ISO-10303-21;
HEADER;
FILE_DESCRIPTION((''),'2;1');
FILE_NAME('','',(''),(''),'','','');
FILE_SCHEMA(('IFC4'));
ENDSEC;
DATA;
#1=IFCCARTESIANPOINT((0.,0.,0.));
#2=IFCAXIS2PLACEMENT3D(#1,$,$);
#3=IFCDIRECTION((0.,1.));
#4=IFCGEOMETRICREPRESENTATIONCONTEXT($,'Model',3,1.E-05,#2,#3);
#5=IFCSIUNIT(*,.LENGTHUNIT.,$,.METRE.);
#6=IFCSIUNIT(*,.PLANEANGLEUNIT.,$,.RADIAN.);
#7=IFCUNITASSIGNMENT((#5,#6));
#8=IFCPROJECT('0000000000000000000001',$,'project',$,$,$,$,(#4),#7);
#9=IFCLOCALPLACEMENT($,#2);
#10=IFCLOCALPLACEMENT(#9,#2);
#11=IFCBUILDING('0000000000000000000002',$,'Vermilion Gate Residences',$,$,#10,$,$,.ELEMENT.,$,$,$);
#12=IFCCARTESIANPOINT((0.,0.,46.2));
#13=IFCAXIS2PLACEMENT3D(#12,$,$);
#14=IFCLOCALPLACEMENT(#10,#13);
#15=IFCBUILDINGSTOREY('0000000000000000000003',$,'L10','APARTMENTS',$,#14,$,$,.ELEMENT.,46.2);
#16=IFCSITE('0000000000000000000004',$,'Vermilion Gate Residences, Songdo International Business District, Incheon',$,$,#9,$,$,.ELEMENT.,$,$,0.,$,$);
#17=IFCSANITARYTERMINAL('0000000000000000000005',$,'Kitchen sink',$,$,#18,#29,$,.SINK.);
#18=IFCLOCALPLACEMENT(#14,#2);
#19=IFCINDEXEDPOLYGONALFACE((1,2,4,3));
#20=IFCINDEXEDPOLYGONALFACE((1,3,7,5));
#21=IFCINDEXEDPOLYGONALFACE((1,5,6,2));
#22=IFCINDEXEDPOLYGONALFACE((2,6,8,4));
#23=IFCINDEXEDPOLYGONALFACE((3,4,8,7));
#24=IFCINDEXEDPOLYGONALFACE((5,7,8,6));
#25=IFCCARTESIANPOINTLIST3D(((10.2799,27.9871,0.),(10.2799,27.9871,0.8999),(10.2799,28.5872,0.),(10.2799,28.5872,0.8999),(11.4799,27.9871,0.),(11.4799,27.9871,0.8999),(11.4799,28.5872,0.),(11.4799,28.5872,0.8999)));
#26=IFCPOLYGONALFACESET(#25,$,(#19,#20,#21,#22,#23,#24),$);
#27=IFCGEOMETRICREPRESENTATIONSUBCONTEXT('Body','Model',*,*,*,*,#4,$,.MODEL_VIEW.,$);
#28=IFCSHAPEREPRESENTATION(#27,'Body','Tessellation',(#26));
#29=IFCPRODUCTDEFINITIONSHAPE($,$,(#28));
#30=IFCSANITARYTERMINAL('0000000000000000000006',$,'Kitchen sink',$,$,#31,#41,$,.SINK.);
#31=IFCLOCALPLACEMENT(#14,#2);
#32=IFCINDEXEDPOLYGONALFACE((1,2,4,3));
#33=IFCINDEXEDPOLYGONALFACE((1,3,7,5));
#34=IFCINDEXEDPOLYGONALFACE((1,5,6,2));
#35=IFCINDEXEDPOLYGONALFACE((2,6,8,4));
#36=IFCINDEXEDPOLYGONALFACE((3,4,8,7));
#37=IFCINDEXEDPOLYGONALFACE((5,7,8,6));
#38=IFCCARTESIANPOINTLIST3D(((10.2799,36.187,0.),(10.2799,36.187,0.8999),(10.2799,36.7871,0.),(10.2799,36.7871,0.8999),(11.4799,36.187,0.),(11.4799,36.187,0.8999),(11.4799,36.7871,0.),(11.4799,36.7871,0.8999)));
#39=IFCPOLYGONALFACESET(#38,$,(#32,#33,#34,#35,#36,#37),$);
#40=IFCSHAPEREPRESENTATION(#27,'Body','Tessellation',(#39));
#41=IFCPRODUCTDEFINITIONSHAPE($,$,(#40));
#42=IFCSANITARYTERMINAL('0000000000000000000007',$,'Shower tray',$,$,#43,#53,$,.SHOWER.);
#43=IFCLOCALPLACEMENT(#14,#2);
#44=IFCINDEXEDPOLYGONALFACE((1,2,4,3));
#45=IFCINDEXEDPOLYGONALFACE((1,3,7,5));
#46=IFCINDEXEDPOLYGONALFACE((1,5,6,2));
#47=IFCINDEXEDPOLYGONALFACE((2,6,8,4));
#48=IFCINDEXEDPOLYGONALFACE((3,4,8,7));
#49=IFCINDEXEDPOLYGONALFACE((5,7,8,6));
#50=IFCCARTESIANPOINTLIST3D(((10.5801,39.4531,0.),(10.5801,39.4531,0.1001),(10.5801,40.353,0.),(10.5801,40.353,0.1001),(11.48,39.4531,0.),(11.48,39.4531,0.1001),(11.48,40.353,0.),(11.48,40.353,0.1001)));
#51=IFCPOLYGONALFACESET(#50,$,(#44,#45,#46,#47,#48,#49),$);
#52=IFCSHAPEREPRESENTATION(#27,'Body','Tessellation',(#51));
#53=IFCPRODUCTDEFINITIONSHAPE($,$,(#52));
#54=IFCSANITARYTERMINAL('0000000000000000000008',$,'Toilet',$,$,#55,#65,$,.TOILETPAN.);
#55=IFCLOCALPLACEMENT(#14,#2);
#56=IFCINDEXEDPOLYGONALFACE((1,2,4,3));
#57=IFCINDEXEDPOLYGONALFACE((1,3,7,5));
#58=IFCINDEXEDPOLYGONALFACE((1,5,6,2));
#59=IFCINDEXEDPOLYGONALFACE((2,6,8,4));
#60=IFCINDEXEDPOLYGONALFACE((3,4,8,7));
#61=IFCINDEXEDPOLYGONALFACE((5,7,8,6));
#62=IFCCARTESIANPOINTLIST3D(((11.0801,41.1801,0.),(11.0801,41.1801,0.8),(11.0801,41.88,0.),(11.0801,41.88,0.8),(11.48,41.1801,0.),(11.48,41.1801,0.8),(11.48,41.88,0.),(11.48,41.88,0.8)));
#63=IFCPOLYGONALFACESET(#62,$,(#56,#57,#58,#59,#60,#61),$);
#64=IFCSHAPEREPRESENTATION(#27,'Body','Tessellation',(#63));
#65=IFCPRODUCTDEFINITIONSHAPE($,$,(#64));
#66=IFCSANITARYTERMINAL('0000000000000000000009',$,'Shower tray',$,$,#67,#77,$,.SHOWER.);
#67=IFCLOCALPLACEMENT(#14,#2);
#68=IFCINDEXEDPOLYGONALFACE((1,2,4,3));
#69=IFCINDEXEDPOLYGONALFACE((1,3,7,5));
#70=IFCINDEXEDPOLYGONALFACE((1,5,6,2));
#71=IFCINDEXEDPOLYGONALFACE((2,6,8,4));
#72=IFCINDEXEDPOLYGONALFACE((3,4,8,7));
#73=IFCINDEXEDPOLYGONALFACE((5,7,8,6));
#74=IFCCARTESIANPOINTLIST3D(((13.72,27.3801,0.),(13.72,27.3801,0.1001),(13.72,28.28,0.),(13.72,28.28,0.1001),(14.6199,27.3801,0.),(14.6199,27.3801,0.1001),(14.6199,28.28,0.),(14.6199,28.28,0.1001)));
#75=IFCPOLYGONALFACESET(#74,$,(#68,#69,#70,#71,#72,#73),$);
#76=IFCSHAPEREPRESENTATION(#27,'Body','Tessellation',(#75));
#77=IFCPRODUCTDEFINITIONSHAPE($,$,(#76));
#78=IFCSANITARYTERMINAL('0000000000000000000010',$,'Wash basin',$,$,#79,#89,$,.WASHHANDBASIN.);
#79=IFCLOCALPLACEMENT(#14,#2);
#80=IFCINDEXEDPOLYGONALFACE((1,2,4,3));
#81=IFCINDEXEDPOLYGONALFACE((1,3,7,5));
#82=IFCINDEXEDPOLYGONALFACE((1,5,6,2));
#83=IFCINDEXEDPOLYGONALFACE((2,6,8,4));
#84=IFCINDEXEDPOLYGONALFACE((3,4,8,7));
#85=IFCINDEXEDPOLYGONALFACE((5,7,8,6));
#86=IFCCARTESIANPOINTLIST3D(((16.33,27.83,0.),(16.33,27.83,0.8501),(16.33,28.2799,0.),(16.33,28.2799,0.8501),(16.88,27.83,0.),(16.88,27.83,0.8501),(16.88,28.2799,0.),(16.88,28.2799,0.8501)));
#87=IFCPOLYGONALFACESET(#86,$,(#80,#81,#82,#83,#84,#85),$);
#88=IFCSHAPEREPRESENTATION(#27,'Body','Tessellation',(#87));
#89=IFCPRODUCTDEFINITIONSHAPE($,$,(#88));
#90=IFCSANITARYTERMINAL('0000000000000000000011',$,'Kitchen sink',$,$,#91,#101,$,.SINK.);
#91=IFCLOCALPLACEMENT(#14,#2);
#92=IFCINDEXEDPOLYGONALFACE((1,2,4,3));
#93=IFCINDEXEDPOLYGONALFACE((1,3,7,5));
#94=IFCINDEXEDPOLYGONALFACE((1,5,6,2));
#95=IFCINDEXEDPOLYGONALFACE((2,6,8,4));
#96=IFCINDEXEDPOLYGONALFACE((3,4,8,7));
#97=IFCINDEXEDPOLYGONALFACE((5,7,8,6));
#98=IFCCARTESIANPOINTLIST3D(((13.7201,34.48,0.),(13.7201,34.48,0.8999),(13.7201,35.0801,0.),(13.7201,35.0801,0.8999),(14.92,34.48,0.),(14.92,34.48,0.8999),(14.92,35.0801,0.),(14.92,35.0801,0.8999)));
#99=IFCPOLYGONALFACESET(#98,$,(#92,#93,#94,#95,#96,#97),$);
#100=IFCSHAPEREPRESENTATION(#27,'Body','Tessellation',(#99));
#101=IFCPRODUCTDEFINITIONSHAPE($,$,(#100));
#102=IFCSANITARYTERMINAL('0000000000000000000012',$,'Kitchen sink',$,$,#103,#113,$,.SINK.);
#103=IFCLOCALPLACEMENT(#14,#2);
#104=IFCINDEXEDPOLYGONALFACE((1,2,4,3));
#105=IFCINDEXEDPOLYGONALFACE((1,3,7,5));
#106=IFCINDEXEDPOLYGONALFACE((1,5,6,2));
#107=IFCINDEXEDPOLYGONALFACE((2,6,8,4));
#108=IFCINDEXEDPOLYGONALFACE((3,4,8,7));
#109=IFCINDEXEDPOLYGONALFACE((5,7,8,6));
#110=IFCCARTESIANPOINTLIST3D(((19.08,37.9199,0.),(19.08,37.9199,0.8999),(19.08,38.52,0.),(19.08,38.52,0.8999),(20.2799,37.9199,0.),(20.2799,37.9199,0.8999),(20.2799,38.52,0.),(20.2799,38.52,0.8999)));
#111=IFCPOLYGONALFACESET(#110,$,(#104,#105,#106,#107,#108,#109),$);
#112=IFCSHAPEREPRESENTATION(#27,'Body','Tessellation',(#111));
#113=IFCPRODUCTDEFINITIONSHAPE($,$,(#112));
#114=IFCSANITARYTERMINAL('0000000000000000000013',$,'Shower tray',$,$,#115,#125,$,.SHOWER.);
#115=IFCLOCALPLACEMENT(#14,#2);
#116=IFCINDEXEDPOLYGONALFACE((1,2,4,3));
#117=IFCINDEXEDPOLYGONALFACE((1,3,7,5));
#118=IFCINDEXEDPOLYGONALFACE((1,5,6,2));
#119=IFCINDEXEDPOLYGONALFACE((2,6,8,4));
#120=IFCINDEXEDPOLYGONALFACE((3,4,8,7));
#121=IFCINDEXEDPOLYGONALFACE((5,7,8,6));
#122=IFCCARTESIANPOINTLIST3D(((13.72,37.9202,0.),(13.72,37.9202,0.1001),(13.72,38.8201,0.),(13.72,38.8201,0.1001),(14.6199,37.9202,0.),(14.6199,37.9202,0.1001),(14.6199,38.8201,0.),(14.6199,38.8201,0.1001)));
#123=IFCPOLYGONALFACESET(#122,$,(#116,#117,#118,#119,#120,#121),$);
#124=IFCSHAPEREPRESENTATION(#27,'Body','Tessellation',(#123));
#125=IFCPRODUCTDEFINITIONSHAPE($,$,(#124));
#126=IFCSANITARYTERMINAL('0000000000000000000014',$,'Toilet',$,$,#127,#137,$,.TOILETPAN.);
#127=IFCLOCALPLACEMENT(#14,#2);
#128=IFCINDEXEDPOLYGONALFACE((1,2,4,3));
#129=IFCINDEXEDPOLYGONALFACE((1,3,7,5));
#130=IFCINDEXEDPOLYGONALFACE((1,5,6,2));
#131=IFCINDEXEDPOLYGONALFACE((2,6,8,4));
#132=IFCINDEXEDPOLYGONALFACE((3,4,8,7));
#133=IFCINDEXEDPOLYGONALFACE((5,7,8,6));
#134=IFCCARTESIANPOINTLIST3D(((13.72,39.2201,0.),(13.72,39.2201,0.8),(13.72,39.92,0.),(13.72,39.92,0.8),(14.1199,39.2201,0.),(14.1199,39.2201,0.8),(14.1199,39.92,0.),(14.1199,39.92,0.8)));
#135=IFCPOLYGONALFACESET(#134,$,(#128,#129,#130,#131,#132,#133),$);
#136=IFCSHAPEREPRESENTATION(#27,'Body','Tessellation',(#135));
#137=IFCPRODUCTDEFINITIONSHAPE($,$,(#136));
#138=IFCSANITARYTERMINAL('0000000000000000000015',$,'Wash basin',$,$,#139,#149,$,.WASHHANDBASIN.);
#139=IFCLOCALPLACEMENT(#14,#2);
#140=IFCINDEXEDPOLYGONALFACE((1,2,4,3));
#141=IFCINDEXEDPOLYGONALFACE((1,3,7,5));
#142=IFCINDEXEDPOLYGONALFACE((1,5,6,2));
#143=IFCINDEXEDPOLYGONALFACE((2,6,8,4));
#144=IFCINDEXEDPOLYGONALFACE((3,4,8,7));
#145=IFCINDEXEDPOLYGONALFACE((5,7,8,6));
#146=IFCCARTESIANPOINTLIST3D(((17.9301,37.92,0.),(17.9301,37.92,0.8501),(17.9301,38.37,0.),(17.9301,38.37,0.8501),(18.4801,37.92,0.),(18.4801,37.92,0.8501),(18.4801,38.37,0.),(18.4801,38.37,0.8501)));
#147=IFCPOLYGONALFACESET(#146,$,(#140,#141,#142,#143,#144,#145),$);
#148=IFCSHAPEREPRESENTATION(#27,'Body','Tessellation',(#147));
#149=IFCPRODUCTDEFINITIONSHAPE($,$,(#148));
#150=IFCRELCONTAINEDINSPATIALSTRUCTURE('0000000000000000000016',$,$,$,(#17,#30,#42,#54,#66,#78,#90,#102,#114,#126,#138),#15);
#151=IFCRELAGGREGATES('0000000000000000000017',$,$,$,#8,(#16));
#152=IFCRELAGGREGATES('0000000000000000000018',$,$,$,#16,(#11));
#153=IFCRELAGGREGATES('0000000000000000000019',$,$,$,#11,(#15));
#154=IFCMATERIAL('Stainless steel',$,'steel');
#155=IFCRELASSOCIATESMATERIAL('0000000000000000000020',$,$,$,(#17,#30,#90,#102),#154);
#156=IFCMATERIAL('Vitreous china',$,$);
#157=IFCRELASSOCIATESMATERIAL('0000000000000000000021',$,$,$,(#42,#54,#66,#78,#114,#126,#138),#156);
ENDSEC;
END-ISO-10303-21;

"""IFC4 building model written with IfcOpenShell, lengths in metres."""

from ifc_helpers import new_model, si_unit, direction, frame, origin, origin_2d, place, context, subcontext, project, spatial, rectangle, extrude, material, element, save


model = new_model("IFC4")

# Units and contexts
model_context = context("Model", 3, precision=1e-05, world=origin(), true_north=direction((0.0, 1.0)))
body_context = subcontext(model_context, "Body", "Model", "MODEL_VIEW")
ifc_project = project(units=[si_unit("LENGTHUNIT", "METRE"), si_unit("PLANEANGLEUNIT", "RADIAN")], contexts=[model_context])

# Site, building, storey
site_placement = place(None, origin())
site = spatial("IfcSite", under=ifc_project, at=site_placement, Name="Vermilion Gate Residences, Songdo International Business District, Incheon", CompositionType="ELEMENT", RefElevation=0.0)
building_placement = place(site_placement, origin())
building = spatial("IfcBuilding", under=site, at=building_placement, Name="Vermilion Gate Residences", CompositionType="ELEMENT")
storey_placement = place(building_placement, frame((0.0, 0.0, 46.2)))
storey = spatial("IfcBuildingStorey", under=building, at=storey_placement, Name="L10", Description="APARTMENTS", CompositionType="ELEMENT", Elevation=46.2)

# Sanitary terminals
ifc_material_1 = material(Name="Stainless steel", Category="steel")
for number, where, z_axis, x_axis, name in (
    (1, (10.8799, 28.2871, 0.0), (0.0, 0.0, 1.0), (1.0, 0.0, 0.0), "Kitchen sink"),
    (2, (10.8799, 36.4871, 0.0), (0.0, 0.0, 1.0), (1.0, 0.0, 0.0), "Kitchen sink"),
):
    element("IfcSanitaryTerminal", number, at=place(storey_placement, frame(where, z_axis=z_axis, x_axis=x_axis)), inside=storey, material=ifc_material_1, Name=name, PredefinedType="SINK", context=body_context, shape_type="SweptSolid", body=[
        extrude(rectangle(XDim=1.2, YDim=0.6001, at=origin_2d()), origin(), (0.0, 0.0, 1.0), 0.8999),
    ])
ifc_material_2 = material(Name="Vitreous china")
sanitary_terminal_1_placement = place(storey_placement, frame((11.03, 39.9031, 0.0), z_axis=(0.0, 0.0, 1.0), x_axis=(1.0, 0.0, 0.0)))
element("IfcSanitaryTerminal", 3, at=sanitary_terminal_1_placement, inside=storey, material=ifc_material_2, Name="Shower tray", PredefinedType="SHOWER", context=body_context, shape_type="SweptSolid", body=[
    extrude(rectangle(XDim=0.8999, YDim=0.8999, at=origin_2d()), origin(), (0.0, 0.0, 1.0), 0.1001),
])
sanitary_terminal_2_placement = place(storey_placement, frame((11.28, 41.53, 0.0), z_axis=(0.0, 0.0, 1.0), x_axis=(1.0, 0.0, 0.0)))
element("IfcSanitaryTerminal", 4, at=sanitary_terminal_2_placement, inside=storey, material=ifc_material_2, Name="Toilet", PredefinedType="TOILETPAN", context=body_context, shape_type="SweptSolid", body=[
    extrude(rectangle(XDim=0.3999, YDim=0.7, at=origin_2d()), origin(), (0.0, 0.0, 1.0), 0.8),
])
sanitary_terminal_3_placement = place(storey_placement, frame((14.1699, 27.8301, 0.0), z_axis=(0.0, 0.0, 1.0), x_axis=(1.0, 0.0, 0.0)))
element("IfcSanitaryTerminal", 5, at=sanitary_terminal_3_placement, inside=storey, material=ifc_material_2, Name="Shower tray", PredefinedType="SHOWER", context=body_context, shape_type="SweptSolid", body=[
    extrude(rectangle(XDim=0.8999, YDim=0.8999, at=origin_2d()), origin(), (0.0, 0.0, 1.0), 0.1001),
])
sanitary_terminal_4_placement = place(storey_placement, frame((16.605, 28.0549, 0.0), z_axis=(0.0, 0.0, 1.0), x_axis=(1.0, 0.0, 0.0)))
element("IfcSanitaryTerminal", 6, at=sanitary_terminal_4_placement, inside=storey, material=ifc_material_2, Name="Wash basin", PredefinedType="WASHHANDBASIN", context=body_context, shape_type="SweptSolid", body=[
    extrude(rectangle(XDim=0.55, YDim=0.45, at=origin_2d()), origin(), (0.0, 0.0, 1.0), 0.8501),
])
for number, where, z_axis, x_axis, name in (
    (7, (14.3201, 34.78, 0.0), (0.0, 0.0, 1.0), (1.0, 0.0, 0.0), "Kitchen sink"),
    (8, (19.6799, 38.22, 0.0), (0.0, 0.0, 1.0), (1.0, 0.0, 0.0), "Kitchen sink"),
):
    element("IfcSanitaryTerminal", number, at=place(storey_placement, frame(where, z_axis=z_axis, x_axis=x_axis)), inside=storey, material=ifc_material_1, Name=name, PredefinedType="SINK", context=body_context, shape_type="SweptSolid", body=[
        extrude(rectangle(XDim=1.2, YDim=0.6001, at=origin_2d()), origin(), (0.0, 0.0, 1.0), 0.8999),
    ])
sanitary_terminal_5_placement = place(storey_placement, frame((14.1699, 38.3701, 0.0), z_axis=(0.0, 0.0, 1.0), x_axis=(1.0, 0.0, 0.0)))
element("IfcSanitaryTerminal", 9, at=sanitary_terminal_5_placement, inside=storey, material=ifc_material_2, Name="Shower tray", PredefinedType="SHOWER", context=body_context, shape_type="SweptSolid", body=[
    extrude(rectangle(XDim=0.8999, YDim=0.8999, at=origin_2d()), origin(), (0.0, 0.0, 1.0), 0.1001),
])
sanitary_terminal_6_placement = place(storey_placement, frame((13.9199, 39.5701, 0.0), z_axis=(0.0, 0.0, 1.0), x_axis=(1.0, 0.0, 0.0)))
element("IfcSanitaryTerminal", 10, at=sanitary_terminal_6_placement, inside=storey, material=ifc_material_2, Name="Toilet", PredefinedType="TOILETPAN", context=body_context, shape_type="SweptSolid", body=[
    extrude(rectangle(XDim=0.3999, YDim=0.7, at=origin_2d()), origin(), (0.0, 0.0, 1.0), 0.8),
])
sanitary_terminal_7_placement = place(storey_placement, frame((18.2051, 38.145, 0.0), z_axis=(0.0, 0.0, 1.0), x_axis=(1.0, 0.0, 0.0)))
element("IfcSanitaryTerminal", 11, at=sanitary_terminal_7_placement, inside=storey, material=ifc_material_2, Name="Wash basin", PredefinedType="WASHHANDBASIN", context=body_context, shape_type="SweptSolid", body=[
    extrude(rectangle(XDim=0.55, YDim=0.45, at=origin_2d()), origin(), (0.0, 0.0, 1.0), 0.8501),
])

save(model, "model.ifc")
